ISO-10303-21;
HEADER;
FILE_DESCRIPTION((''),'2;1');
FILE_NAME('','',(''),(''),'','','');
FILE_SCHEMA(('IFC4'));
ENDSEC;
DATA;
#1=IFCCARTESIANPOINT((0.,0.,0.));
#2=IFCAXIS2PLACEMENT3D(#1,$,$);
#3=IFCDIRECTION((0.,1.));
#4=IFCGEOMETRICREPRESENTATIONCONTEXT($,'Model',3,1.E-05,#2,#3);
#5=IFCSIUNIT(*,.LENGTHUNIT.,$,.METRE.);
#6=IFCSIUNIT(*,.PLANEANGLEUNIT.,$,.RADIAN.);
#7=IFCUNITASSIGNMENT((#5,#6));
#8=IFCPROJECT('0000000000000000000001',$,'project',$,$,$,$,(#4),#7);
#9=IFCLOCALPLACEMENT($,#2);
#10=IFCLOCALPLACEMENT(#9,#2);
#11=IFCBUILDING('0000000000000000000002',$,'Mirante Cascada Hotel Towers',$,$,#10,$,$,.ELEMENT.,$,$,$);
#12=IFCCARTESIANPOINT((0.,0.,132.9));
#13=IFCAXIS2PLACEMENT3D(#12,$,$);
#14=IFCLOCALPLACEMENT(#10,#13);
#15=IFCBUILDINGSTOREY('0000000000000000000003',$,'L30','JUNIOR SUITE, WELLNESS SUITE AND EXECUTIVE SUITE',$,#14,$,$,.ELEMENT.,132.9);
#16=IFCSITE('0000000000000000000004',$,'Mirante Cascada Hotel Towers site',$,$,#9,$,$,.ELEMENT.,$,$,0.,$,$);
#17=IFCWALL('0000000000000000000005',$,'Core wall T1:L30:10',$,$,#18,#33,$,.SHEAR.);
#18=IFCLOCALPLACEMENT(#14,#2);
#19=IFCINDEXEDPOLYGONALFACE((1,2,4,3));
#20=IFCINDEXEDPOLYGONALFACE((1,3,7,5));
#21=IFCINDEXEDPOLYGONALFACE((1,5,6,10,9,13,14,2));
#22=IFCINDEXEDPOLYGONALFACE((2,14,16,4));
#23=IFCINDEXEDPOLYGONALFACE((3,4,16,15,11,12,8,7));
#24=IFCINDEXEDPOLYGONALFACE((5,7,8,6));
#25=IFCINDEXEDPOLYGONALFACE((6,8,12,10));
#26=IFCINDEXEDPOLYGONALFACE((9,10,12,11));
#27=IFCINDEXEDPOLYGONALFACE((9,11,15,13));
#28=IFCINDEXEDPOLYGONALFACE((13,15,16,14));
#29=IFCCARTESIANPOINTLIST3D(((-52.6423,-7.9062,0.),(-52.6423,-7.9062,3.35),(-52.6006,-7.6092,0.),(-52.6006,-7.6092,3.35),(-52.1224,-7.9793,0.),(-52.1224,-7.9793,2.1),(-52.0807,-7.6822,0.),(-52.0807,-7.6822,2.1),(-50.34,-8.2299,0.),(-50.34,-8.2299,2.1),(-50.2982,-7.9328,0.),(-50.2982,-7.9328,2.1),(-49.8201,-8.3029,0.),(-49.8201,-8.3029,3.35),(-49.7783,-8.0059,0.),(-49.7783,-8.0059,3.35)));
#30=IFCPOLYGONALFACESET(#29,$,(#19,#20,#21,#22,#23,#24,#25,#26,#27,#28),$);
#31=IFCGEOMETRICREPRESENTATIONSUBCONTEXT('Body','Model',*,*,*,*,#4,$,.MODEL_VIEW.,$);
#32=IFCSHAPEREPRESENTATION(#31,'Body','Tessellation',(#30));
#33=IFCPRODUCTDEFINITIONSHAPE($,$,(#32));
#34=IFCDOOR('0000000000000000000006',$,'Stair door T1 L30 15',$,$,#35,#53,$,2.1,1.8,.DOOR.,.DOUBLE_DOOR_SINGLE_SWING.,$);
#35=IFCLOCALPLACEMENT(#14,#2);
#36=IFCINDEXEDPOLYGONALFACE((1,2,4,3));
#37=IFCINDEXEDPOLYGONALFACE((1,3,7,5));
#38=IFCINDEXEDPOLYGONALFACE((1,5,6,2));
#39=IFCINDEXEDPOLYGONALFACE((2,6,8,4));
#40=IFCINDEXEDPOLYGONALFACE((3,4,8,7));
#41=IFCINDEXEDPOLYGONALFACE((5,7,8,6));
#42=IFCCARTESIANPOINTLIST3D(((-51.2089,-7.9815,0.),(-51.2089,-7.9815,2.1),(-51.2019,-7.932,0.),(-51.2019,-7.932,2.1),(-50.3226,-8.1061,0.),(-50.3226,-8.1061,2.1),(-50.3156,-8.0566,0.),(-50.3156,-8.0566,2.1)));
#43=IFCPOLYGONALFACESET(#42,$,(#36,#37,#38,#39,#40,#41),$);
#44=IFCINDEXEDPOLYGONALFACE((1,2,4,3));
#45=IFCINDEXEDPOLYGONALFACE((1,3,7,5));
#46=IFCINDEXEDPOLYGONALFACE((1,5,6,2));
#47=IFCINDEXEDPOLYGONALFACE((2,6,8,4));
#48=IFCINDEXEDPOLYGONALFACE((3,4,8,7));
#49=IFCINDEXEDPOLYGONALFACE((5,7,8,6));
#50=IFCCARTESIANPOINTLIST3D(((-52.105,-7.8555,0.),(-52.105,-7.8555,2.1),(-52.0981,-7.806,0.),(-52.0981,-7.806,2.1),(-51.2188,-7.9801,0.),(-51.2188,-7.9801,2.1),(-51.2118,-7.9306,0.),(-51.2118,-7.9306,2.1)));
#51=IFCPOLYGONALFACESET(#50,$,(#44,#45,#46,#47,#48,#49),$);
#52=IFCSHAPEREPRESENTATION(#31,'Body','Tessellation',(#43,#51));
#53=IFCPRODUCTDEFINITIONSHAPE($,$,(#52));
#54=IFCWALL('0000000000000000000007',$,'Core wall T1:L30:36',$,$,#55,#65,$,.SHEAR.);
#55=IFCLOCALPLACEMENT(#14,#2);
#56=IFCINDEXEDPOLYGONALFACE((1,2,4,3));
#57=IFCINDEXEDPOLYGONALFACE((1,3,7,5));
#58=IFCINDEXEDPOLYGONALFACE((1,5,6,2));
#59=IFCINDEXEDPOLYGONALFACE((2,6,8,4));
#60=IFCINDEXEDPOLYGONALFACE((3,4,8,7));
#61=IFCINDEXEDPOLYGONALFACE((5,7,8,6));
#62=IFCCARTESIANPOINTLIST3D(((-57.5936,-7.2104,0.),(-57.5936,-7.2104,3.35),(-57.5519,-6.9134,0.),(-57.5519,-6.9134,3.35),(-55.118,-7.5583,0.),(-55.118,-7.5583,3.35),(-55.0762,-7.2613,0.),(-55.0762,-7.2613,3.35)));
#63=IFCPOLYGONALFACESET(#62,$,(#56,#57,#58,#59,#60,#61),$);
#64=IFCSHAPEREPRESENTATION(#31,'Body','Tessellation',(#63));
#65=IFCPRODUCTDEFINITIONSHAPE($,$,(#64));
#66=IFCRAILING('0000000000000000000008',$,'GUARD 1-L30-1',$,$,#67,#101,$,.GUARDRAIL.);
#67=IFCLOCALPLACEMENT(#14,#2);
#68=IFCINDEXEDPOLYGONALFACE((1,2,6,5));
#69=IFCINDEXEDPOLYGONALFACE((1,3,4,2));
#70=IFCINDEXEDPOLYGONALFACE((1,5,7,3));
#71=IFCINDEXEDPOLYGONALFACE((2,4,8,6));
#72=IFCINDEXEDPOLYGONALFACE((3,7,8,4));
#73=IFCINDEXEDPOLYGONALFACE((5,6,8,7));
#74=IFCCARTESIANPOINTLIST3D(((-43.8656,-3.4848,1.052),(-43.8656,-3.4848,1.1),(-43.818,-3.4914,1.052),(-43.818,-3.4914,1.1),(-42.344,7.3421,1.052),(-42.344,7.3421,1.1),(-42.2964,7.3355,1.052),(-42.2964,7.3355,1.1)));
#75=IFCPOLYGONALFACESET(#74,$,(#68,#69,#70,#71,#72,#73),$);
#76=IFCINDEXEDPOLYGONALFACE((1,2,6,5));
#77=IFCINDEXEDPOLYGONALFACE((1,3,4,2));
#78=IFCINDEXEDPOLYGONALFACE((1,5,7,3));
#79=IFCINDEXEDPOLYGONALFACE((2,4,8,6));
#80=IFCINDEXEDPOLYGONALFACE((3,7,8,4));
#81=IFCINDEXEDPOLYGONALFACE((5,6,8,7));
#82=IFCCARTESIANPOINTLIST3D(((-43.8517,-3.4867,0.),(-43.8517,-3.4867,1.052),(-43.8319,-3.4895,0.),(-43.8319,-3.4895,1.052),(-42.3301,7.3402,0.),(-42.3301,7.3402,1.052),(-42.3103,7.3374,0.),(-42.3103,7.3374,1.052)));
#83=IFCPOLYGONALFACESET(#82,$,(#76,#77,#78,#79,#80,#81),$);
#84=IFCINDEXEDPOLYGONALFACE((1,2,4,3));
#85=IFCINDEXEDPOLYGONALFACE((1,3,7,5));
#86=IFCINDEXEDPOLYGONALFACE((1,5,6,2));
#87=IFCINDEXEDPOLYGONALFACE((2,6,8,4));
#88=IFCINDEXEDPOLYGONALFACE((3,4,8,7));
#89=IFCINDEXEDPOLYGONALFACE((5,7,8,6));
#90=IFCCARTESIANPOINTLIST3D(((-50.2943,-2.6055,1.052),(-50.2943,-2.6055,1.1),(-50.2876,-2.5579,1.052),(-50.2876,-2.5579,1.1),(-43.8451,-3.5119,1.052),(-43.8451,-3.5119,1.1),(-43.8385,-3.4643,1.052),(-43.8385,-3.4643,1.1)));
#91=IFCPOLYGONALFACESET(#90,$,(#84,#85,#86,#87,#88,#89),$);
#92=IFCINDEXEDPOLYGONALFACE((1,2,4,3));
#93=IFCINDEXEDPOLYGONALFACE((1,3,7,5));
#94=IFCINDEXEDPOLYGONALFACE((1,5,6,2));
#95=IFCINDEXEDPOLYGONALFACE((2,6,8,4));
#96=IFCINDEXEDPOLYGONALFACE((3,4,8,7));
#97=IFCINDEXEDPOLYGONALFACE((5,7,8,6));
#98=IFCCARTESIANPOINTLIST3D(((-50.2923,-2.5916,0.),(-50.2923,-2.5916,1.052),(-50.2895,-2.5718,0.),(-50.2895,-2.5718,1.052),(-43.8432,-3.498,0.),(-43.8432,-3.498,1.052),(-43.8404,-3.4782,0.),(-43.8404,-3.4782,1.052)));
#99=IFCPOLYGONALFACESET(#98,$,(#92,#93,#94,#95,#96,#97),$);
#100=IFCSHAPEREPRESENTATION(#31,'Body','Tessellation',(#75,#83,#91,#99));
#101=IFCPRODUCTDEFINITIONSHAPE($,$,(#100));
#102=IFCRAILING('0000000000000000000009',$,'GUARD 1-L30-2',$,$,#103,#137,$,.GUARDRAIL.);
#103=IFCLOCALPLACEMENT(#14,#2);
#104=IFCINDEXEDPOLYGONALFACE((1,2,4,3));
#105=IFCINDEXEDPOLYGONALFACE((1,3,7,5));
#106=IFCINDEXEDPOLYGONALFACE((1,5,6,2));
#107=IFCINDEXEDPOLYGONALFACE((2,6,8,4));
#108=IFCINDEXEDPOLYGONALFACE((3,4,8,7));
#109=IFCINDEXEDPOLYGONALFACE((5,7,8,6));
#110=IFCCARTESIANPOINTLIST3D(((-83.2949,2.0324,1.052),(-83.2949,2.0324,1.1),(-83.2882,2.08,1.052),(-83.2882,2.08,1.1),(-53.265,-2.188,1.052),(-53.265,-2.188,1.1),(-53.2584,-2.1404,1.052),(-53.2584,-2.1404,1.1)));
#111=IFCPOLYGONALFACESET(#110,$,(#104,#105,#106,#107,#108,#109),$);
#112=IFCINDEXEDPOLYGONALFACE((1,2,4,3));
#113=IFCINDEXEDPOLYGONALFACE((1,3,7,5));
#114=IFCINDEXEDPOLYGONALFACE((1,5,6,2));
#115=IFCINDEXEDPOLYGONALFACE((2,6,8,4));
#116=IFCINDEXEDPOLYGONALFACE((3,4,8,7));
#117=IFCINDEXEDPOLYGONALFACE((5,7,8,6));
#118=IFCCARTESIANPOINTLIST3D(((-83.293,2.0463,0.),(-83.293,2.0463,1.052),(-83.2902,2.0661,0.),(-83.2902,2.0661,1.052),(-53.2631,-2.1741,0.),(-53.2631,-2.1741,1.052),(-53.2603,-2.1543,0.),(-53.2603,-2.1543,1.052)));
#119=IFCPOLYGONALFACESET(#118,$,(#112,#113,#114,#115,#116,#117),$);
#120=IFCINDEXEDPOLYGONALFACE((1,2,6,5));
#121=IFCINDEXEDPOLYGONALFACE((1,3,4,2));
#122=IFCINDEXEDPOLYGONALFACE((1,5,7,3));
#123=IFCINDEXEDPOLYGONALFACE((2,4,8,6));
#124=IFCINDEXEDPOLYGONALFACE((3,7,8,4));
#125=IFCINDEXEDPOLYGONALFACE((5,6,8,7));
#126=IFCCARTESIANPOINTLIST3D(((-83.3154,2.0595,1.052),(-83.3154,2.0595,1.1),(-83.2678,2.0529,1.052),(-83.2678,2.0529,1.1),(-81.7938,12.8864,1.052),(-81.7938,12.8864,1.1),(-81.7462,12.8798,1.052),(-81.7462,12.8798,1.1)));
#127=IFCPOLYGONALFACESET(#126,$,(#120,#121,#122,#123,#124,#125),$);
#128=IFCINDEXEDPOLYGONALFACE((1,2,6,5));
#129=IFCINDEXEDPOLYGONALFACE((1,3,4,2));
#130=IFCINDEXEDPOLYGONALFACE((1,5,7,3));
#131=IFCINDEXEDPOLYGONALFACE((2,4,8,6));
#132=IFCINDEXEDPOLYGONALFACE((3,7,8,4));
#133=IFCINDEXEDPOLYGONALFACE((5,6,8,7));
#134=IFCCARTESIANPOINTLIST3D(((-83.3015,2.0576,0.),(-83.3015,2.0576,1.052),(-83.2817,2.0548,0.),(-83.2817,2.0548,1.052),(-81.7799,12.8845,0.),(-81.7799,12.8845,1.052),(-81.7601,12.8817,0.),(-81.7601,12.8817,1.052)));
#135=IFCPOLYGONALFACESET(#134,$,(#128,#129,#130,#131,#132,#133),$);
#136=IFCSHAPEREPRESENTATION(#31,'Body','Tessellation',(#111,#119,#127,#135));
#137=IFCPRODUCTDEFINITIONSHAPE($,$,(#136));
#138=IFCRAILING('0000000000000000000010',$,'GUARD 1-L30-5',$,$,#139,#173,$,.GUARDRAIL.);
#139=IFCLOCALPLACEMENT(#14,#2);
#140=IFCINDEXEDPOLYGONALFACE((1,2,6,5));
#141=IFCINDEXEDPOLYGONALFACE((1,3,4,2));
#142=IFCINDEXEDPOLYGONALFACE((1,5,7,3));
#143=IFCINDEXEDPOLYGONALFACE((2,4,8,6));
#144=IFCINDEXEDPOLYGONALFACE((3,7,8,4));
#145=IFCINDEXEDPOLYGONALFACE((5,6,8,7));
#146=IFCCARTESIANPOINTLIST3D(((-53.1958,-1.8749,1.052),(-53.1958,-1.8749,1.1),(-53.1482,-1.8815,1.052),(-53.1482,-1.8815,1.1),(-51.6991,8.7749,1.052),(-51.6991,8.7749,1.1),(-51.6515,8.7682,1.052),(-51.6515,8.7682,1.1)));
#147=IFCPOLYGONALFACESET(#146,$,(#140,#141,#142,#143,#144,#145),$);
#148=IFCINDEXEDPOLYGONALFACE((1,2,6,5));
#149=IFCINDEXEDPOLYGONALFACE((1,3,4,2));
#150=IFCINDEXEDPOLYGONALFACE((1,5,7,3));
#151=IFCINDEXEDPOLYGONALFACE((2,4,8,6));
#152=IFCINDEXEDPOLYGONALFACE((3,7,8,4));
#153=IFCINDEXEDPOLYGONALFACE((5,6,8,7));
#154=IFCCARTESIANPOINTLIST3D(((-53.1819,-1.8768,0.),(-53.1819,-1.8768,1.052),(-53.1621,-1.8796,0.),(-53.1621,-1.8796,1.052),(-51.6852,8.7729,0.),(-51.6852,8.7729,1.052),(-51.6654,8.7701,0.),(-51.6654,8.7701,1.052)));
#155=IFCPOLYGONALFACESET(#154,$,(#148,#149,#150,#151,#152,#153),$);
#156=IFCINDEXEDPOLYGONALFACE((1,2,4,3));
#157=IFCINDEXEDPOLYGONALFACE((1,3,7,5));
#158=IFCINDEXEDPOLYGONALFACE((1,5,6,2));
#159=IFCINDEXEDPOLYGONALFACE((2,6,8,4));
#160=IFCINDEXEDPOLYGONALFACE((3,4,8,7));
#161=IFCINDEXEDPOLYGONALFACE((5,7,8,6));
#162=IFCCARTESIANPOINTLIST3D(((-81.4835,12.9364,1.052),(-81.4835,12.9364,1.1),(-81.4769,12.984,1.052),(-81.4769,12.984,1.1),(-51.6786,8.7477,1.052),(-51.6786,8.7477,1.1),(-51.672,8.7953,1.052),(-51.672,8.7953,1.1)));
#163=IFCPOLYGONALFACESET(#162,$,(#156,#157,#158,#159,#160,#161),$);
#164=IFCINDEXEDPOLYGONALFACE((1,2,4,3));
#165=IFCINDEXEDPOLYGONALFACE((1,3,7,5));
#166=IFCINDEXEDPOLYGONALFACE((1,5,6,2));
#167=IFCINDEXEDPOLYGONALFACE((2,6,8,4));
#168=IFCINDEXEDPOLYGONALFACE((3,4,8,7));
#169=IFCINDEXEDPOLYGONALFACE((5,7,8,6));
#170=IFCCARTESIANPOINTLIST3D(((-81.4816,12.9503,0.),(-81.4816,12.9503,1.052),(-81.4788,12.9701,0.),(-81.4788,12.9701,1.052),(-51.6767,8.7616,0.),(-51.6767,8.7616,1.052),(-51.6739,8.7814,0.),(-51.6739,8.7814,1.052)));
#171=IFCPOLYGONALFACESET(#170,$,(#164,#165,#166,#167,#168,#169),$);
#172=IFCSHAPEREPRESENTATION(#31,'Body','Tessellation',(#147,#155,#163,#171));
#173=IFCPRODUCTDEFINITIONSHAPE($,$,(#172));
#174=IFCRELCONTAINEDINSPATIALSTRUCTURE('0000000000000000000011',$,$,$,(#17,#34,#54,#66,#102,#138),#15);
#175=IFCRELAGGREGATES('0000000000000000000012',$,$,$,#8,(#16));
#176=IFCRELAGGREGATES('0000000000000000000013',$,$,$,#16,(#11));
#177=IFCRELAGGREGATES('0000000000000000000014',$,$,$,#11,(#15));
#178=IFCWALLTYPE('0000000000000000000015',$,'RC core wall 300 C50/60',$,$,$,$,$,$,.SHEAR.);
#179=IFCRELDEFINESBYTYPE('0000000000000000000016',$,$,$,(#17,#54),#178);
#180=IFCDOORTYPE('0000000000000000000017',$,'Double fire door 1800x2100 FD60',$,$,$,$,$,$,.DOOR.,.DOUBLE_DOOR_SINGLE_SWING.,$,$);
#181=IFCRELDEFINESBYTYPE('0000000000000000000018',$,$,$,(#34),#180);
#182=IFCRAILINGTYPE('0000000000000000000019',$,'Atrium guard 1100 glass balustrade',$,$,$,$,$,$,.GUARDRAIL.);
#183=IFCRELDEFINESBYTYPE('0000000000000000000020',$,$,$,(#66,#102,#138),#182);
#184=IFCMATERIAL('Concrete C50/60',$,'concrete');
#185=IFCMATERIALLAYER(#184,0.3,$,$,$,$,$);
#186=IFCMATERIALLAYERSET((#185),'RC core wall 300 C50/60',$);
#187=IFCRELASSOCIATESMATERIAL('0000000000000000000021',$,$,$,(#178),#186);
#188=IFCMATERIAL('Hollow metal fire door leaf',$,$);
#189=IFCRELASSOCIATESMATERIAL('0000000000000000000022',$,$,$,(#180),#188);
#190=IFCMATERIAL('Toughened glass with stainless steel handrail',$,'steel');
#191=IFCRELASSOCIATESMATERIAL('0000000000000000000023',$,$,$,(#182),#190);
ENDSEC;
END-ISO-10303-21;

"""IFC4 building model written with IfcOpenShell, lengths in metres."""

from ifc_helpers import new_model, si_unit, direction, frame, frame_2d, origin, origin_2d, place, context, subcontext, project, spatial, rectangle, extrude, material, layer, layer_set, type_object, element, fill, save


model = new_model("IFC4")

# Units and contexts
model_context = context("Model", 3, precision=1e-05, world=origin(), true_north=direction((0.0, 1.0)))
body_context = subcontext(model_context, "Body", "Model", "MODEL_VIEW")
ifc_project = project(units=[si_unit("LENGTHUNIT", "METRE"), si_unit("PLANEANGLEUNIT", "RADIAN")], contexts=[model_context])

# Site, building, storey
site_placement = place(None, origin())
site = spatial("IfcSite", under=ifc_project, at=site_placement, Name="Mirante Cascada Hotel Towers site", CompositionType="ELEMENT", RefElevation=0.0)
building_placement = place(site_placement, origin())
building = spatial("IfcBuilding", under=site, at=building_placement, Name="Mirante Cascada Hotel Towers", CompositionType="ELEMENT")
storey_placement = place(building_placement, frame((0.0, 0.0, 132.9)))
storey = spatial("IfcBuildingStorey", under=building, at=storey_placement, Name="L30", Description="JUNIOR SUITE, WELLNESS SUITE AND EXECUTIVE SUITE", CompositionType="ELEMENT", Elevation=132.9)

# Wall, opening, door
ifc_material_1 = material(Name="Concrete C50/60", Category="concrete")
ifc_layer_1 = layer(ifc_material_1, 0.3)
ifc_layer_set_1 = layer_set([ifc_layer_1], Name="RC core wall 300 C50/60")
wall_type_1 = type_object("IfcWallType", Name="RC core wall 300 C50/60", PredefinedType="SHEAR", material=ifc_layer_set_1)
wall_1_placement = place(storey_placement, frame((-49.7992, -8.1544, 0.0), z_axis=(0.0, 0.0, 1.0), x_axis=(-0.990266, 0.139191, 0.0)))
wall_1 = element("IfcWall", 1, at=wall_1_placement, inside=storey, type_object=wall_type_1, Name="Core wall T1:L30:10", PredefinedType="SHEAR", context=body_context, shape_type="SweptSolid", body=[
    extrude(rectangle(XDim=2.85, YDim=0.3, at=frame_2d((1.425, 0.0))), origin(), (0.0, 0.0, 1.0), 3.35),
])
opening_1_placement = place(wall_1_placement, frame((0.525, 0.0, 0.0)))
opening_1 = element("IfcOpeningElement", 2, at=opening_1_placement, cuts=wall_1, PredefinedType="OPENING", context=body_context, shape_type="SweptSolid", body=[
    extrude(rectangle(XDim=1.8, YDim=2.1, at=frame_2d((0.9, 1.05))), frame((0.0, 0.15, 0.0), z_axis=(0.0, -1.0, 0.0), x_axis=(1.0, 0.0, 0.0)), (0.0, 0.0, 1.0), 0.3),
])
ifc_material_2 = material(Name="Hollow metal fire door leaf")
door_type_1 = type_object("IfcDoorType", Name="Double fire door 1800x2100 FD60", OperationType="DOUBLE_DOOR_SINGLE_SWING", PredefinedType="DOOR", material=ifc_material_2)
door_1_placement = place(opening_1_placement, origin())
door_1 = element("IfcDoor", 3, at=door_1_placement, inside=storey, type_object=door_type_1, Name="Stair door T1 L30 15", OperationType="DOUBLE_DOOR_SINGLE_SWING", OverallHeight=2.1, OverallWidth=1.8, PredefinedType="DOOR", context=body_context, shape_type="SweptSolid", body=[
    extrude(rectangle(XDim=0.895, YDim=2.1, at=frame_2d((0.4475, 1.05))), frame((0.0, 0.025, 0.0), z_axis=(0.0, -1.0, 0.0), x_axis=(1.0, 0.0, 0.0)), (0.0, 0.0, 1.0), 0.05),
    extrude(rectangle(XDim=0.895, YDim=2.1, at=frame_2d((1.3525, 1.05))), frame((0.0, 0.025, 0.0), z_axis=(0.0, -1.0, 0.0), x_axis=(1.0, 0.0, 0.0)), (0.0, 0.0, 1.0), 0.05),
])
fill(opening_1, door_1)

# Wall
wall_2_placement = place(storey_placement, frame((-55.0971, -7.4098, 0.0), z_axis=(0.0, 0.0, 1.0), x_axis=(-0.99027, 0.139159, 0.0)))
element("IfcWall", 4, at=wall_2_placement, inside=storey, type_object=wall_type_1, Name="Core wall T1:L30:36", PredefinedType="SHEAR", context=body_context, shape_type="SweptSolid", body=[
    extrude(rectangle(XDim=2.5, YDim=0.3, at=frame_2d((1.25, 0.0))), origin(), (0.0, 0.0, 1.0), 3.35),
])

# Railings
ifc_material_3 = material(Name="Toughened glass with stainless steel handrail", Category="steel")
railing_type = type_object("IfcRailingType", Name="Atrium guard 1100 glass balustrade", PredefinedType="GUARDRAIL", material=ifc_material_3)
railing_1_placement = place(storey_placement, frame((-42.3202, 7.3388, 0.0)))
element("IfcRailing", 5, at=railing_1_placement, inside=storey, type_object=railing_type, Name="GUARD 1-L30-1", PredefinedType="GUARDRAIL", context=body_context, shape_type="SweptSolid", body=[
    extrude(rectangle(XDim=0.048, YDim=0.048, at=origin_2d()), frame((0.0, 0.0, 1.076), z_axis=(-0.139171, -0.990268, 0.0), x_axis=(0.990268, -0.139171, 0.0)), (0.0, 0.0, 1.0), 10.9333),
    extrude(rectangle(XDim=0.02, YDim=1.052, at=origin_2d()), frame((0.0, 0.0, 0.526), z_axis=(-0.139171, -0.990268, 0.0), x_axis=(0.990268, -0.139171, 0.0)), (0.0, 0.0, 1.0), 10.9333),
    extrude(rectangle(XDim=0.048, YDim=0.048, at=origin_2d()), frame((-1.5216, -10.8269, 1.076), z_axis=(-0.990267, 0.139179, 0.0), x_axis=(-0.139179, -0.990267, 0.0)), (0.0, 0.0, 1.0), 6.5125),
    extrude(rectangle(XDim=0.02, YDim=1.052, at=origin_2d()), frame((-1.5216, -10.8269, 0.526), z_axis=(-0.990267, 0.139179, 0.0), x_axis=(-0.139179, -0.990267, 0.0)), (0.0, 0.0, 1.0), 6.5125),
])
railing_2_placement = place(storey_placement, frame((-53.2617, -2.1642, 0.0)))
element("IfcRailing", 6, at=railing_2_placement, inside=storey, type_object=railing_type, Name="GUARD 1-L30-2", PredefinedType="GUARDRAIL", context=body_context, shape_type="SweptSolid", body=[
    extrude(rectangle(XDim=0.048, YDim=0.048, at=origin_2d()), frame((0.0, 0.0, 1.076), z_axis=(-0.990268, 0.139172, 0.0), x_axis=(-0.139172, -0.990268, 0.0)), (0.0, 0.0, 1.0), 30.325),
    extrude(rectangle(XDim=0.02, YDim=1.052, at=origin_2d()), frame((0.0, 0.0, 0.526), z_axis=(-0.990268, 0.139172, 0.0), x_axis=(-0.139172, -0.990268, 0.0)), (0.0, 0.0, 1.0), 30.325),
    extrude(rectangle(XDim=0.048, YDim=0.048, at=origin_2d()), frame((-30.0299, 4.2204, 1.076), z_axis=(0.139171, 0.990268, 0.0), x_axis=(-0.990268, 0.139171, 0.0)), (0.0, 0.0, 1.0), 10.9333),
    extrude(rectangle(XDim=0.02, YDim=1.052, at=origin_2d()), frame((-30.0299, 4.2204, 0.526), z_axis=(0.139171, 0.990268, 0.0), x_axis=(-0.990268, 0.139171, 0.0)), (0.0, 0.0, 1.0), 10.9333),
])
railing_3_placement = place(storey_placement, frame((-53.172, -1.8782, 0.0)))
element("IfcRailing", 7, at=railing_3_placement, inside=storey, type_object=railing_type, Name="GUARD 1-L30-5", PredefinedType="GUARDRAIL", context=body_context, shape_type="SweptSolid", body=[
    extrude(rectangle(XDim=0.048, YDim=0.048, at=origin_2d()), frame((0.0, 0.0, 1.076), z_axis=(0.139172, 0.990268, 0.0), x_axis=(-0.990268, 0.139172, 0.0)), (0.0, 0.0, 1.0), 10.7544),
    extrude(rectangle(XDim=0.02, YDim=1.052, at=origin_2d()), frame((0.0, 0.0, 0.526), z_axis=(0.139172, 0.990268, 0.0), x_axis=(-0.990268, 0.139172, 0.0)), (0.0, 0.0, 1.0), 10.7544),
    extrude(rectangle(XDim=0.048, YDim=0.048, at=origin_2d()), frame((1.4967, 10.6497, 1.076), z_axis=(-0.990269, 0.13917, 0.0), x_axis=(-0.13917, -0.990269, 0.0)), (0.0, 0.0, 1.0), 30.0978),
    extrude(rectangle(XDim=0.02, YDim=1.052, at=origin_2d()), frame((1.4967, 10.6497, 0.526), z_axis=(-0.990269, 0.13917, 0.0), x_axis=(-0.13917, -0.990269, 0.0)), (0.0, 0.0, 1.0), 30.0978),
])

save(model, "model.ifc")
